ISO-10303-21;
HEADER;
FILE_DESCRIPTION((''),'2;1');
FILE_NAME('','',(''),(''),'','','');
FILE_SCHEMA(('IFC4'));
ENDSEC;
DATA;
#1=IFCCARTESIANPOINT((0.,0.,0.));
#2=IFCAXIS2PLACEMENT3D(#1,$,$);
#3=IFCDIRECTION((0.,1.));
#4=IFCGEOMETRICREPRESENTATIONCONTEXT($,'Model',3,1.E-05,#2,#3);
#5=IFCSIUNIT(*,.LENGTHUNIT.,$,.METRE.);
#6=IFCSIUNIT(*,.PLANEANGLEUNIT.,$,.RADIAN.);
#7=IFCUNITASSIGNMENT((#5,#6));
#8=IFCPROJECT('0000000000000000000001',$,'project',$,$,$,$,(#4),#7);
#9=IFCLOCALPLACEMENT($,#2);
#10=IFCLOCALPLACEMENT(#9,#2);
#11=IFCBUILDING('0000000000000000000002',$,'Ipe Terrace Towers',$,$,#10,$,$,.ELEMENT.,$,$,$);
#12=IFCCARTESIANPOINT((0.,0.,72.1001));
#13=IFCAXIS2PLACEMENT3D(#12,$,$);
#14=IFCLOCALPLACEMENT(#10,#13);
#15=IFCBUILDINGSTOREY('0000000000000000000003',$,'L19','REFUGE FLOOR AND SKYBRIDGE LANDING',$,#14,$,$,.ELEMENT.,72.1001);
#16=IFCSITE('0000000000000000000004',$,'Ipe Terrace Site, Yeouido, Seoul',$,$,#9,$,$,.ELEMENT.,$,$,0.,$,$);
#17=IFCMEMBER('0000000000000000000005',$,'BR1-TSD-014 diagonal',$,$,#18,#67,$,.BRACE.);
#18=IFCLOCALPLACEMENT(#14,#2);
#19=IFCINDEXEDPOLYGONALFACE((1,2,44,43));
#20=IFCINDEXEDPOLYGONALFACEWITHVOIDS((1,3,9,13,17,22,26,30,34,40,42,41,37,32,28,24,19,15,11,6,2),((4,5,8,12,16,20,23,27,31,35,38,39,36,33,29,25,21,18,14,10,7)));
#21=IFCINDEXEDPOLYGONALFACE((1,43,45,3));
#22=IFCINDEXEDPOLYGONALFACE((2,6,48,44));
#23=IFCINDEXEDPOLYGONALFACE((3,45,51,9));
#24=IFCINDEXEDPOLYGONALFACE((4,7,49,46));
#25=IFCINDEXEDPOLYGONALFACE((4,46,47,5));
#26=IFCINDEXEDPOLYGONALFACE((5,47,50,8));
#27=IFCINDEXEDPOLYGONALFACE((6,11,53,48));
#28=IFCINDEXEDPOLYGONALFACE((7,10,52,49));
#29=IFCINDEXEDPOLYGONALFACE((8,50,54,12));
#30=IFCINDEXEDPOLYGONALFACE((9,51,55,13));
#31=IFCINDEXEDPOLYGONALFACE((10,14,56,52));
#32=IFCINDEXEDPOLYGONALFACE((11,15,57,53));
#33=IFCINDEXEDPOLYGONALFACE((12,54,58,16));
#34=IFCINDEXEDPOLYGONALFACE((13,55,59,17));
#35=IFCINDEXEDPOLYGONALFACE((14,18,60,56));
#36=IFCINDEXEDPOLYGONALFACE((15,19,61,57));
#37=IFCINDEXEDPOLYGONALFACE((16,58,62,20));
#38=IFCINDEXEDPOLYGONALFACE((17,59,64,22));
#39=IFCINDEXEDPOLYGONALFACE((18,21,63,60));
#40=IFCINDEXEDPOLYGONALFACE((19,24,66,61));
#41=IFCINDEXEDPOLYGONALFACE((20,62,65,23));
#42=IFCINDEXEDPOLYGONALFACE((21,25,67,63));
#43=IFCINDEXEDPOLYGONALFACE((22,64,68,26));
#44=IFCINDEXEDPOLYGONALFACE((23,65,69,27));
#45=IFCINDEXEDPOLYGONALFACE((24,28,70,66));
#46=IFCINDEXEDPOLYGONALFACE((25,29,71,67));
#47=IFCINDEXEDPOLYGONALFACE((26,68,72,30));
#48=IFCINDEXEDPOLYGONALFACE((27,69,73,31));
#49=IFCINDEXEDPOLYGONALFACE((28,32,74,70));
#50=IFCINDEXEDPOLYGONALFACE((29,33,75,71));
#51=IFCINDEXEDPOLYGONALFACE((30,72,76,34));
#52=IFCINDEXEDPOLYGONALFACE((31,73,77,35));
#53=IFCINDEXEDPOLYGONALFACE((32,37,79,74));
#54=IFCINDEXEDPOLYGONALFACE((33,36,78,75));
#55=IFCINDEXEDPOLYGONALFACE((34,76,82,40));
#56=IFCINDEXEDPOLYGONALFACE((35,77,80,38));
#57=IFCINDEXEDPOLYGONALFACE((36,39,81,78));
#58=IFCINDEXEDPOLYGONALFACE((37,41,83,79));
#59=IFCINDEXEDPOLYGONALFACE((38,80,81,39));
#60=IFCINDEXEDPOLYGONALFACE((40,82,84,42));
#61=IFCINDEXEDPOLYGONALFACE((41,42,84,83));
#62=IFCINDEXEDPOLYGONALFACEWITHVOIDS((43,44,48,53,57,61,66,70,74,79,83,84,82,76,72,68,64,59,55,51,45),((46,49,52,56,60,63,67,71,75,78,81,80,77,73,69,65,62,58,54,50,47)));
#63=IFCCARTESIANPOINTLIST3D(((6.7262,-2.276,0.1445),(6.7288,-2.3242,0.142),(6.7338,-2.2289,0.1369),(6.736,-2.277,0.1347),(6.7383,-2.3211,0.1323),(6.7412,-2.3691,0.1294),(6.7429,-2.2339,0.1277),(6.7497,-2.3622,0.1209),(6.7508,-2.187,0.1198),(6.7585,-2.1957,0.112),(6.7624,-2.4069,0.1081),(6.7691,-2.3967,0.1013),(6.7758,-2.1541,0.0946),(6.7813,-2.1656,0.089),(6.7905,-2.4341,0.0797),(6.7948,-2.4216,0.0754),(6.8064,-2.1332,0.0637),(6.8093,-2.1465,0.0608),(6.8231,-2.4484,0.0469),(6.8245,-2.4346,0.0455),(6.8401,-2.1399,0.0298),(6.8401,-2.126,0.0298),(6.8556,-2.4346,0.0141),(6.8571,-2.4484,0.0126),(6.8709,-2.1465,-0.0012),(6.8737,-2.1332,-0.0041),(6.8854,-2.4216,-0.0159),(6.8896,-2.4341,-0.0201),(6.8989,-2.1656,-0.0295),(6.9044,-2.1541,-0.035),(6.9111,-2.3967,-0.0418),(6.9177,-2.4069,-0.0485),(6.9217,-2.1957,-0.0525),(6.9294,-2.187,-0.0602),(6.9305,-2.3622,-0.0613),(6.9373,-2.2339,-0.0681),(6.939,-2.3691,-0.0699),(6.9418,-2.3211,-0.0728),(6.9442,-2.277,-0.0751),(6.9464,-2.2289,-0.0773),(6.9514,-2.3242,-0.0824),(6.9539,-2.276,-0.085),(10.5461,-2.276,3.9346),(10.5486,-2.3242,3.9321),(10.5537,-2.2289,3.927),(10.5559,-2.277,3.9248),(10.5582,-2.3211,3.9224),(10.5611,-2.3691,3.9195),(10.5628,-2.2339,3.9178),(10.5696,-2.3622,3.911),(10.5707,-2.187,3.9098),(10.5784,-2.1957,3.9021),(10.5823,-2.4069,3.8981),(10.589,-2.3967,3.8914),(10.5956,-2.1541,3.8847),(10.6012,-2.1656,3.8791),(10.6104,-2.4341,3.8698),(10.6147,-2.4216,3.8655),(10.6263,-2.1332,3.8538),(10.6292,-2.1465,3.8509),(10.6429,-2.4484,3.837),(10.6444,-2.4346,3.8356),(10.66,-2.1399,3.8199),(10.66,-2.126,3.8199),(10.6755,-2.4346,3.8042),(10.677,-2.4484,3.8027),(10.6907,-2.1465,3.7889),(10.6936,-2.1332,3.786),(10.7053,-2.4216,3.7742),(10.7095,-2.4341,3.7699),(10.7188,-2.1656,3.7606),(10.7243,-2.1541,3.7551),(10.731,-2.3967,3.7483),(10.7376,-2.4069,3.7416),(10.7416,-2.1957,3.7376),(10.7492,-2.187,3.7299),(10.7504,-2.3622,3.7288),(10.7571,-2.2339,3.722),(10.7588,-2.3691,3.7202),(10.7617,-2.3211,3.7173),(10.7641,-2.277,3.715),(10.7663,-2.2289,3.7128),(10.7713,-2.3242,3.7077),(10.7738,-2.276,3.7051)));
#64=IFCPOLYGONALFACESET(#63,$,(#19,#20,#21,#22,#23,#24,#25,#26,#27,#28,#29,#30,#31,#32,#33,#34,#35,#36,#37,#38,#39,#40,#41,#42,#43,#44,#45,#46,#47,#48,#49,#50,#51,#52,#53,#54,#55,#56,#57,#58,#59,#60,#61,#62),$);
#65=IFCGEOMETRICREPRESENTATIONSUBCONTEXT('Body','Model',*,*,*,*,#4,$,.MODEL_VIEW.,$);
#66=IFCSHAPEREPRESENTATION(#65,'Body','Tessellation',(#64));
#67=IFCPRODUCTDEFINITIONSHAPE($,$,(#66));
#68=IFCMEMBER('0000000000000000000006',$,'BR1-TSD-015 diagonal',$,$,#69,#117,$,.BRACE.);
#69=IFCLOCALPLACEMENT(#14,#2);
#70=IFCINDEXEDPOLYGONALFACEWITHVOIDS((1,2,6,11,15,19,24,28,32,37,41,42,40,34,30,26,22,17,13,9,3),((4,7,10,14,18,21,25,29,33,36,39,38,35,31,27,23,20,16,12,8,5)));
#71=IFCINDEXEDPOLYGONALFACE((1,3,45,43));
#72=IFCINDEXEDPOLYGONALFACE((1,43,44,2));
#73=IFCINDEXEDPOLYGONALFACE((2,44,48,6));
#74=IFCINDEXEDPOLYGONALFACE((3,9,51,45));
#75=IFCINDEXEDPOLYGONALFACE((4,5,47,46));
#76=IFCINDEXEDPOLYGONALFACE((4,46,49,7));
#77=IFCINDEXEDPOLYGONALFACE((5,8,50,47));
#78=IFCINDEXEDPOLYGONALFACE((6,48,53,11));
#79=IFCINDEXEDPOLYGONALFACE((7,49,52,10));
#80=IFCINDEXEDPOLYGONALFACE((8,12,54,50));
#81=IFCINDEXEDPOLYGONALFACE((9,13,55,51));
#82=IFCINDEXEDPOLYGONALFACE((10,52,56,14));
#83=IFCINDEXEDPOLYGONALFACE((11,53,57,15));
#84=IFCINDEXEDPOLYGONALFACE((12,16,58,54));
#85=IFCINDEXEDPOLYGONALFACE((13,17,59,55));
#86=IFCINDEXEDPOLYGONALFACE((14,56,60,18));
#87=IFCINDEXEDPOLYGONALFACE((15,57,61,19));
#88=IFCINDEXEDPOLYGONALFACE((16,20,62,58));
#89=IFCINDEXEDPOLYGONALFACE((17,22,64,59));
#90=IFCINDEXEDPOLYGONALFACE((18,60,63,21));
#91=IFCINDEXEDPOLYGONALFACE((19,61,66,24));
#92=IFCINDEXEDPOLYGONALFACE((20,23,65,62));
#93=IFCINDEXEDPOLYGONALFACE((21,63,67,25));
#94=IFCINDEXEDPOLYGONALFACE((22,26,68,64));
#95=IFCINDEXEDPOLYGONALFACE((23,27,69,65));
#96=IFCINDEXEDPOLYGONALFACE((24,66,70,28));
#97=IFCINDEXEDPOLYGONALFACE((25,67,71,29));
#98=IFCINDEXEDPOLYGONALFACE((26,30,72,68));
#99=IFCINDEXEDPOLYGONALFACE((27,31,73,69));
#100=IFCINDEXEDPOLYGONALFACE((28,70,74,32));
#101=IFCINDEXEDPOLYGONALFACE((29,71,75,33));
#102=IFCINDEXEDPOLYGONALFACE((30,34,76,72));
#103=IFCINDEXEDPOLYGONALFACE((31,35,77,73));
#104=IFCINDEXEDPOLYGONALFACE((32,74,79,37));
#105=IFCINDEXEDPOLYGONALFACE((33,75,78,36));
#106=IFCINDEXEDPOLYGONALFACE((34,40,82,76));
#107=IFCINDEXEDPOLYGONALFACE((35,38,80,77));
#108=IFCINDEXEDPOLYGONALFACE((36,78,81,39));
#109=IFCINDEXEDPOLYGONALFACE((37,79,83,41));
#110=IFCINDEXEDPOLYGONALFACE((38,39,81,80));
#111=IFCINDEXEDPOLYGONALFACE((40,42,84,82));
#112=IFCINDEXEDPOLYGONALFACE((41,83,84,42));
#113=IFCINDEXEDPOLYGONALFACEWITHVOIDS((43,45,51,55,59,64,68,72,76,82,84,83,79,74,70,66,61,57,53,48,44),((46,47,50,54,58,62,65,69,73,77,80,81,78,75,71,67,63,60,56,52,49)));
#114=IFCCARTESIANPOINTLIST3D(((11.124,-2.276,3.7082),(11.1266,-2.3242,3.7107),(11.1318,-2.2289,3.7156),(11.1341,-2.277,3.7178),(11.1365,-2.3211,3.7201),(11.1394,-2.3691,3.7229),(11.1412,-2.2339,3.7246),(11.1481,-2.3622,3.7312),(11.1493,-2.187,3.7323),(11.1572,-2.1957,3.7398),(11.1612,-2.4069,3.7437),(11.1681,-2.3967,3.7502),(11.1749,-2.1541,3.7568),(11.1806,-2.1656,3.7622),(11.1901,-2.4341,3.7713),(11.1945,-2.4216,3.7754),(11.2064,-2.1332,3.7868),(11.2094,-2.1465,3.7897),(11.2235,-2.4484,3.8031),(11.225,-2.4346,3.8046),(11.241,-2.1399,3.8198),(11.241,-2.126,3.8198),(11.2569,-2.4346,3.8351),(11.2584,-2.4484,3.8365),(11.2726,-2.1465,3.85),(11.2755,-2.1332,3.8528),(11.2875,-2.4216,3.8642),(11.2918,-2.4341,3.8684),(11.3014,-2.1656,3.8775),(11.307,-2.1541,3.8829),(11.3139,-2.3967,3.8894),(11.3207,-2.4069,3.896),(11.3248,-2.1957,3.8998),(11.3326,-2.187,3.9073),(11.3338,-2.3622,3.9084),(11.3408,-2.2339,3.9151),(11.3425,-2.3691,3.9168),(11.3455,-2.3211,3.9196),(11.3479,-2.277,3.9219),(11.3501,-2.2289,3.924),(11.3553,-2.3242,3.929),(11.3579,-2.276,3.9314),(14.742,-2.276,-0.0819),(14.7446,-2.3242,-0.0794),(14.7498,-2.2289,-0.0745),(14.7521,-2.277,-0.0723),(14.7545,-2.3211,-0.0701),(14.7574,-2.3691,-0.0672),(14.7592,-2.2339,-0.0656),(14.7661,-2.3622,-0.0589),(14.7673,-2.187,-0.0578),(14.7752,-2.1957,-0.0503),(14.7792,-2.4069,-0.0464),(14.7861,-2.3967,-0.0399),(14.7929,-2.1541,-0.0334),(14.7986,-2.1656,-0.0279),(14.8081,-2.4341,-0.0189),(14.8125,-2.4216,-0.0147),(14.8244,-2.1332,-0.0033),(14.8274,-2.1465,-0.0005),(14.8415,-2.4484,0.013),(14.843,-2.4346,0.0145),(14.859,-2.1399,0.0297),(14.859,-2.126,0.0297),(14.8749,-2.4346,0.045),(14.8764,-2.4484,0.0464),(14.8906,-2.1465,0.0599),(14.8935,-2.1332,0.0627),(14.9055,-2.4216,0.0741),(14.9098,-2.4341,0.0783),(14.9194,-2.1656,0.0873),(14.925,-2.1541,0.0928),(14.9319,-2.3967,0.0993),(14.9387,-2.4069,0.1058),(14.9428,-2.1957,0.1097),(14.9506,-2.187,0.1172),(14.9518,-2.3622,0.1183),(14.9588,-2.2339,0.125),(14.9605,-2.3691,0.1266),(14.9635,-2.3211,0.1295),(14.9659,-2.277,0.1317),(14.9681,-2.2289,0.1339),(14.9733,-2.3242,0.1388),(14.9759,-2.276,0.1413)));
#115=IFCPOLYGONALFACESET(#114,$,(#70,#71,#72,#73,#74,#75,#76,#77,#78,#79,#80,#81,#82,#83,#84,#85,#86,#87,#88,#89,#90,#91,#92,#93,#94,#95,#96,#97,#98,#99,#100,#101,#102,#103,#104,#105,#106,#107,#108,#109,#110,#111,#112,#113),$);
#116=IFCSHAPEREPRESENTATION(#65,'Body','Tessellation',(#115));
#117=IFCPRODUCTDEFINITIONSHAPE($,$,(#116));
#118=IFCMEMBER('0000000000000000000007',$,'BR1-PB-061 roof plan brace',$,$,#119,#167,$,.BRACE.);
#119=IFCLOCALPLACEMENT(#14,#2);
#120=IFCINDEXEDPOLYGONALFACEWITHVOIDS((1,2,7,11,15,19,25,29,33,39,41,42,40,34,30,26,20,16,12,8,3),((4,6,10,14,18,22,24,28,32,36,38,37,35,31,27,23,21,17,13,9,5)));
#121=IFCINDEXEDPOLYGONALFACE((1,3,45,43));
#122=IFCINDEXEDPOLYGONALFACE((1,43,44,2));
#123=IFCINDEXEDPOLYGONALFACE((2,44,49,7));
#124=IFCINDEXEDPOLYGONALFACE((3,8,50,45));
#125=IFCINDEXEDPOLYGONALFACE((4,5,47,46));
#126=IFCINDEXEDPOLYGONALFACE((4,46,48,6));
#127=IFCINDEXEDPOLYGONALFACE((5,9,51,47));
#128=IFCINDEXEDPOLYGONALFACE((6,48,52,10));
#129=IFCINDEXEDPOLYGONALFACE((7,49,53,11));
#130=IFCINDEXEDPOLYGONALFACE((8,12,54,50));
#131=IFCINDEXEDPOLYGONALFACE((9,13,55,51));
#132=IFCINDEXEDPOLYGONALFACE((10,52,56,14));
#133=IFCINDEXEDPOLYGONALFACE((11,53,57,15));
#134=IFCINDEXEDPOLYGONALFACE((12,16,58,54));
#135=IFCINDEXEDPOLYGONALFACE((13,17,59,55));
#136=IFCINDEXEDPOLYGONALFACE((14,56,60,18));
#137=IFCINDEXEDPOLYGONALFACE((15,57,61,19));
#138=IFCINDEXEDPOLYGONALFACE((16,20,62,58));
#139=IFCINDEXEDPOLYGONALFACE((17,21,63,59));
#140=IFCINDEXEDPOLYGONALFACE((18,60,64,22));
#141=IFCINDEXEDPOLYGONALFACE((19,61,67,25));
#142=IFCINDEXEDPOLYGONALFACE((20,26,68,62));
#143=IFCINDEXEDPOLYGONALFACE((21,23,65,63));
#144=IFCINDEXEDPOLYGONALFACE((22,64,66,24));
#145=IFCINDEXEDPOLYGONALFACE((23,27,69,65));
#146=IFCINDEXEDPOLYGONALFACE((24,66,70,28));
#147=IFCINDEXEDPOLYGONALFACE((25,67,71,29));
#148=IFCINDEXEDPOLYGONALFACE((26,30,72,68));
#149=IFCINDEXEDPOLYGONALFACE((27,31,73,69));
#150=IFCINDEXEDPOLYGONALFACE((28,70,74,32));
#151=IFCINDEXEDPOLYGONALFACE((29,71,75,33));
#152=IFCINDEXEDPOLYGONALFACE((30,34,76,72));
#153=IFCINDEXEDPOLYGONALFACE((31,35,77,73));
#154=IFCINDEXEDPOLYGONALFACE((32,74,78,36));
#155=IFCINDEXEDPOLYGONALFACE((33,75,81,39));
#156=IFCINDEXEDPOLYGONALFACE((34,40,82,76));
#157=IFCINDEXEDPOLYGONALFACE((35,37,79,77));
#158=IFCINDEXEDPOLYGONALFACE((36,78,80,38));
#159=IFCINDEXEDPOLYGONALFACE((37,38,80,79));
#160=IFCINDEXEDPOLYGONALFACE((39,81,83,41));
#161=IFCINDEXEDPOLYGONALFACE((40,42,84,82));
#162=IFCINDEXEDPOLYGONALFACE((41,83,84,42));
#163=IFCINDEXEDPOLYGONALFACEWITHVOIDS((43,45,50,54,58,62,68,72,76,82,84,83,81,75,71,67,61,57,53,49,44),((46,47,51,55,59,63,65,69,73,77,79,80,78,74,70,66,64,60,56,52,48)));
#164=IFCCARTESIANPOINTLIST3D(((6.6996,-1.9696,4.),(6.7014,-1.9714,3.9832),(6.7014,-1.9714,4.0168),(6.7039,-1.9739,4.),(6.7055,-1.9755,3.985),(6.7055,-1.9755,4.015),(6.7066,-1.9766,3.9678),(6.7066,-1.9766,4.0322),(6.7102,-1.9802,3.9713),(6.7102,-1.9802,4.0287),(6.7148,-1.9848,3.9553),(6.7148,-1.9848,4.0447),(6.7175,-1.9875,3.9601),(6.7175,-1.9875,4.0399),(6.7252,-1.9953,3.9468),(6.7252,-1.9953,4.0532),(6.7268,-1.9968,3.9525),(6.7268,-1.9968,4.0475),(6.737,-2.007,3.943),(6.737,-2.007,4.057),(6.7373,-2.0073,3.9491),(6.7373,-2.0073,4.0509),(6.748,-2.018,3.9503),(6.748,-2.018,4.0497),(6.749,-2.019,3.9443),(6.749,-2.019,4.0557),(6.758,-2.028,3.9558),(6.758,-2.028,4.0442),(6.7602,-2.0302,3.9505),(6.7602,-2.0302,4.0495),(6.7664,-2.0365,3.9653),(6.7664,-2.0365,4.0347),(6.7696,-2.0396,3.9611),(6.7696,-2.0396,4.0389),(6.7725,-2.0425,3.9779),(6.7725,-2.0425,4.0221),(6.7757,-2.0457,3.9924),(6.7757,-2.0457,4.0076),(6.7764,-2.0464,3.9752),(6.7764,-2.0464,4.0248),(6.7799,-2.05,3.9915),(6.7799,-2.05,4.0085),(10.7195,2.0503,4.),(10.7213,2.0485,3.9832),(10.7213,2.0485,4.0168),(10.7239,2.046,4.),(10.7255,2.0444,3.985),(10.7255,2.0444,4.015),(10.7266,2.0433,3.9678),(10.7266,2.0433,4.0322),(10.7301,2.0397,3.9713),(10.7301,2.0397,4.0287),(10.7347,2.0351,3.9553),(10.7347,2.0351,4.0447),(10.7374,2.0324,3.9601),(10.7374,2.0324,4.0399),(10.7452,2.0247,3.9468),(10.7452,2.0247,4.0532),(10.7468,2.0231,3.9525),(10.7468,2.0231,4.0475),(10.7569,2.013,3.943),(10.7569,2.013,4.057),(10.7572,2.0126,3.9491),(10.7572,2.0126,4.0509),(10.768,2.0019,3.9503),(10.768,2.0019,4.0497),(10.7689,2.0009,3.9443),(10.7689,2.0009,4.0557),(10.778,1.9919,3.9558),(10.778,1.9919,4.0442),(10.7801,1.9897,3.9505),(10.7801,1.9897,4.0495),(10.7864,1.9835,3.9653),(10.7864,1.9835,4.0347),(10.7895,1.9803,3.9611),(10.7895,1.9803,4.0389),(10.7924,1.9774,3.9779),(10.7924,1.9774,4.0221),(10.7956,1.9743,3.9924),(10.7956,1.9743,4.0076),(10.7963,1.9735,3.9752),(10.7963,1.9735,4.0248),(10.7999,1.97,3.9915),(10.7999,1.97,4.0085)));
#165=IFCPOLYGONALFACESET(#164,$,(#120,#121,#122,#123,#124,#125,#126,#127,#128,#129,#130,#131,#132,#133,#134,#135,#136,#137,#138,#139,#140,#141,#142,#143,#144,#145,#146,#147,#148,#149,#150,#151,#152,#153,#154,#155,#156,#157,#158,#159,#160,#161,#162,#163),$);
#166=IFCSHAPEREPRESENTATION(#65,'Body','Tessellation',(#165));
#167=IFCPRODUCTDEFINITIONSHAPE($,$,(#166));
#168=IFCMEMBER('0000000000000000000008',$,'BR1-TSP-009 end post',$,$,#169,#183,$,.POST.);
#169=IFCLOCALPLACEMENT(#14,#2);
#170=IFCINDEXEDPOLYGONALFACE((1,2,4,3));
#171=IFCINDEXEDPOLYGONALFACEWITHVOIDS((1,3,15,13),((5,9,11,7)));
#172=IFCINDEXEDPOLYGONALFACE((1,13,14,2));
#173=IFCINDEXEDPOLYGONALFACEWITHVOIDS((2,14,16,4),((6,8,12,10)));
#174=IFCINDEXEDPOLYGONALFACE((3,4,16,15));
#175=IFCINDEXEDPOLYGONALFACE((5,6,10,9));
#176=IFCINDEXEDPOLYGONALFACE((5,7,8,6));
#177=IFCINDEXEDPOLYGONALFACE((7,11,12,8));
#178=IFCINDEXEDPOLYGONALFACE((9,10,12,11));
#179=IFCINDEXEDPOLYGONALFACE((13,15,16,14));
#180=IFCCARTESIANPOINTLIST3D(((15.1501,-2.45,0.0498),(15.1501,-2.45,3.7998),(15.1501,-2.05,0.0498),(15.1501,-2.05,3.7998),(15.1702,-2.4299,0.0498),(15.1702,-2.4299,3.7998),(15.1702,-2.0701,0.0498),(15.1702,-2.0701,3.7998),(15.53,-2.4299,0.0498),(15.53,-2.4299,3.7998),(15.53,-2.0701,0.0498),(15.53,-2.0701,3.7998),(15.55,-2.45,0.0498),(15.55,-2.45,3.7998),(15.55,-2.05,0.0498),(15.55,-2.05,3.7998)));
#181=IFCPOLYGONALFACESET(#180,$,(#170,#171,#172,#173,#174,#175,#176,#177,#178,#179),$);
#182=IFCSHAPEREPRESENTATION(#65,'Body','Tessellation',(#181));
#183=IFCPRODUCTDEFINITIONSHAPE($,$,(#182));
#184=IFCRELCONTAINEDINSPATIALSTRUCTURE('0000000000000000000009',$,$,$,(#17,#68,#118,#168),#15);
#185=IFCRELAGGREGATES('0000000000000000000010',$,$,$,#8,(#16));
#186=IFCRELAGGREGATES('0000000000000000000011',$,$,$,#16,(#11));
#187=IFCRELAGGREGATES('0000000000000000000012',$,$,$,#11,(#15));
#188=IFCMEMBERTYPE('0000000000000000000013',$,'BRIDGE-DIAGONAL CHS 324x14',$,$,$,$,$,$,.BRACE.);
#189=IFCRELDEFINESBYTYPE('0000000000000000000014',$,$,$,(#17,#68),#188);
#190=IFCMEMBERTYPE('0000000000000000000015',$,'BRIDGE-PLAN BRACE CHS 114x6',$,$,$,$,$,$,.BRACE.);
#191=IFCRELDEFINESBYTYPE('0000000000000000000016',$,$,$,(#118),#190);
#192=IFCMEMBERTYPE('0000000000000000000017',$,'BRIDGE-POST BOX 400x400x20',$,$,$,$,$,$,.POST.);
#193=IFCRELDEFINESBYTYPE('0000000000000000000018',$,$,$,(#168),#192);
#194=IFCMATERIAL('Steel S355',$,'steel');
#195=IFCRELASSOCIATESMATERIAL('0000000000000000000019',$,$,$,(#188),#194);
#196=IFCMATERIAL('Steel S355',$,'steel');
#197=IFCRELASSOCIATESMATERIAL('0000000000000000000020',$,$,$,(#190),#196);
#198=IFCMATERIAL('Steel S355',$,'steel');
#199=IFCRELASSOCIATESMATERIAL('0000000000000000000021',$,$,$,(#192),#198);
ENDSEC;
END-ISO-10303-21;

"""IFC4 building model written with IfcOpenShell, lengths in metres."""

from ifc_helpers import new_model, si_unit, direction, frame, origin, origin_2d, place, context, subcontext, project, spatial, hollow_rectangle, hollow_circle, extrude, material, material_profile, profile_set, type_object, element, save


model = new_model("IFC4")

# Units and contexts
model_context = context("Model", 3, precision=1e-05, world=origin(), true_north=direction((0.0, 1.0)))
body_context = subcontext(model_context, "Body", "Model", "MODEL_VIEW")
ifc_project = project(units=[si_unit("LENGTHUNIT", "METRE"), si_unit("PLANEANGLEUNIT", "RADIAN")], contexts=[model_context])

# Site, building, storey
site_placement = place(None, origin())
site = spatial("IfcSite", under=ifc_project, at=site_placement, Name="Ipe Terrace Site, Yeouido, Seoul", CompositionType="ELEMENT", RefElevation=0.0)
building_placement = place(site_placement, origin())
building = spatial("IfcBuilding", under=site, at=building_placement, Name="Ipe Terrace Towers", CompositionType="ELEMENT")
storey_placement = place(building_placement, frame((0.0, 0.0, 72.1001)))
storey = spatial("IfcBuildingStorey", under=building, at=storey_placement, Name="L19", Description="REFUGE FLOOR AND SKYBRIDGE LANDING", CompositionType="ELEMENT", Elevation=72.1001)

# Members
ifc_material_1 = material(Name="Steel S355", Category="steel")
ifc_material_profile_1 = material_profile(ifc_material_1, hollow_circle(Radius=0.1621, WallThickness=0.0139, at=origin_2d()), Name="BRIDGE-DIAGONAL CHS 324x14")
ifc_profile_set_1 = profile_set([ifc_material_profile_1], Name="Steel S355")
member_type_1 = type_object("IfcMemberType", Name="BRIDGE-DIAGONAL CHS 324x14", PredefinedType="BRACE", material=ifc_profile_set_1)
member_1_placement = place(storey_placement, frame((6.8401, -2.2881, 0.0298), z_axis=(0.709869, 0.0, 0.704334), x_axis=(0.0, 1.0, 0.0)))
element("IfcMember", 1, at=member_1_placement, inside=storey, type_object=member_type_1, Name="BR1-TSD-014 diagonal", PredefinedType="BRACE", context=body_context, shape_type="SweptSolid", body=[
    extrude(hollow_circle(Radius=0.1621, WallThickness=0.0139, at=origin_2d()), origin(), (0.0, 0.0, 1.0), 5.3811),
])
member_2_placement = place(storey_placement, frame((11.241, -2.2881, 3.8198), z_axis=(0.690491, 0.0, -0.723341), x_axis=(0.0, 1.0, 0.0)))
element("IfcMember", 2, at=member_2_placement, inside=storey, type_object=member_type_1, Name="BR1-TSD-015 diagonal", PredefinedType="BRACE", context=body_context, shape_type="SweptSolid", body=[
    extrude(hollow_circle(Radius=0.1621, WallThickness=0.0139, at=origin_2d()), origin(), (0.0, 0.0, 1.0), 5.2397),
])
ifc_material_2 = material(Name="Steel S355", Category="steel")
ifc_material_profile_2 = material_profile(ifc_material_2, hollow_circle(Radius=0.0571, WallThickness=0.0061, at=origin_2d()), Name="BRIDGE-PLAN BRACE CHS 114x6")
ifc_profile_set_2 = profile_set([ifc_material_profile_2], Name="Steel S355")
member_type_2 = type_object("IfcMemberType", Name="BRIDGE-PLAN BRACE CHS 114x6", PredefinedType="BRACE", material=ifc_profile_set_2)
member_3_placement = place(storey_placement, frame((6.74, -2.01, 4.0), z_axis=(0.707107, 0.707107, 0.0), x_axis=(-0.707107, 0.707107, 0.0)))
element("IfcMember", 3, at=member_3_placement, inside=storey, type_object=member_type_2, Name="BR1-PB-061 roof plan brace", PredefinedType="BRACE", context=body_context, shape_type="SweptSolid", body=[
    extrude(hollow_circle(Radius=0.0571, WallThickness=0.0061, at=origin_2d()), origin(), (0.0, 0.0, 1.0), 5.6851),
])
ifc_material_3 = material(Name="Steel S355", Category="steel")
ifc_material_profile_3 = material_profile(ifc_material_3, hollow_rectangle(XDim=0.3999, YDim=0.3999, WallThickness=0.02, at=origin_2d()), Name="BRIDGE-POST BOX 400x400x20")
ifc_profile_set_3 = profile_set([ifc_material_profile_3], Name="Steel S355")
member_type_3 = type_object("IfcMemberType", Name="BRIDGE-POST BOX 400x400x20", PredefinedType="POST", material=ifc_profile_set_3)
member_4_placement = place(storey_placement, frame((15.3501, -2.25, 0.0498), z_axis=(0.0, 0.0, 1.0), x_axis=(1.0, 0.0, 0.0)))
element("IfcMember", 4, at=member_4_placement, inside=storey, type_object=member_type_3, Name="BR1-TSP-009 end post", PredefinedType="POST", context=body_context, shape_type="SweptSolid", body=[
    extrude(hollow_rectangle(XDim=0.3999, YDim=0.3999, WallThickness=0.02, at=origin_2d()), origin(), (0.0, 0.0, 1.0), 3.75),
])

save(model, "model.ifc")
